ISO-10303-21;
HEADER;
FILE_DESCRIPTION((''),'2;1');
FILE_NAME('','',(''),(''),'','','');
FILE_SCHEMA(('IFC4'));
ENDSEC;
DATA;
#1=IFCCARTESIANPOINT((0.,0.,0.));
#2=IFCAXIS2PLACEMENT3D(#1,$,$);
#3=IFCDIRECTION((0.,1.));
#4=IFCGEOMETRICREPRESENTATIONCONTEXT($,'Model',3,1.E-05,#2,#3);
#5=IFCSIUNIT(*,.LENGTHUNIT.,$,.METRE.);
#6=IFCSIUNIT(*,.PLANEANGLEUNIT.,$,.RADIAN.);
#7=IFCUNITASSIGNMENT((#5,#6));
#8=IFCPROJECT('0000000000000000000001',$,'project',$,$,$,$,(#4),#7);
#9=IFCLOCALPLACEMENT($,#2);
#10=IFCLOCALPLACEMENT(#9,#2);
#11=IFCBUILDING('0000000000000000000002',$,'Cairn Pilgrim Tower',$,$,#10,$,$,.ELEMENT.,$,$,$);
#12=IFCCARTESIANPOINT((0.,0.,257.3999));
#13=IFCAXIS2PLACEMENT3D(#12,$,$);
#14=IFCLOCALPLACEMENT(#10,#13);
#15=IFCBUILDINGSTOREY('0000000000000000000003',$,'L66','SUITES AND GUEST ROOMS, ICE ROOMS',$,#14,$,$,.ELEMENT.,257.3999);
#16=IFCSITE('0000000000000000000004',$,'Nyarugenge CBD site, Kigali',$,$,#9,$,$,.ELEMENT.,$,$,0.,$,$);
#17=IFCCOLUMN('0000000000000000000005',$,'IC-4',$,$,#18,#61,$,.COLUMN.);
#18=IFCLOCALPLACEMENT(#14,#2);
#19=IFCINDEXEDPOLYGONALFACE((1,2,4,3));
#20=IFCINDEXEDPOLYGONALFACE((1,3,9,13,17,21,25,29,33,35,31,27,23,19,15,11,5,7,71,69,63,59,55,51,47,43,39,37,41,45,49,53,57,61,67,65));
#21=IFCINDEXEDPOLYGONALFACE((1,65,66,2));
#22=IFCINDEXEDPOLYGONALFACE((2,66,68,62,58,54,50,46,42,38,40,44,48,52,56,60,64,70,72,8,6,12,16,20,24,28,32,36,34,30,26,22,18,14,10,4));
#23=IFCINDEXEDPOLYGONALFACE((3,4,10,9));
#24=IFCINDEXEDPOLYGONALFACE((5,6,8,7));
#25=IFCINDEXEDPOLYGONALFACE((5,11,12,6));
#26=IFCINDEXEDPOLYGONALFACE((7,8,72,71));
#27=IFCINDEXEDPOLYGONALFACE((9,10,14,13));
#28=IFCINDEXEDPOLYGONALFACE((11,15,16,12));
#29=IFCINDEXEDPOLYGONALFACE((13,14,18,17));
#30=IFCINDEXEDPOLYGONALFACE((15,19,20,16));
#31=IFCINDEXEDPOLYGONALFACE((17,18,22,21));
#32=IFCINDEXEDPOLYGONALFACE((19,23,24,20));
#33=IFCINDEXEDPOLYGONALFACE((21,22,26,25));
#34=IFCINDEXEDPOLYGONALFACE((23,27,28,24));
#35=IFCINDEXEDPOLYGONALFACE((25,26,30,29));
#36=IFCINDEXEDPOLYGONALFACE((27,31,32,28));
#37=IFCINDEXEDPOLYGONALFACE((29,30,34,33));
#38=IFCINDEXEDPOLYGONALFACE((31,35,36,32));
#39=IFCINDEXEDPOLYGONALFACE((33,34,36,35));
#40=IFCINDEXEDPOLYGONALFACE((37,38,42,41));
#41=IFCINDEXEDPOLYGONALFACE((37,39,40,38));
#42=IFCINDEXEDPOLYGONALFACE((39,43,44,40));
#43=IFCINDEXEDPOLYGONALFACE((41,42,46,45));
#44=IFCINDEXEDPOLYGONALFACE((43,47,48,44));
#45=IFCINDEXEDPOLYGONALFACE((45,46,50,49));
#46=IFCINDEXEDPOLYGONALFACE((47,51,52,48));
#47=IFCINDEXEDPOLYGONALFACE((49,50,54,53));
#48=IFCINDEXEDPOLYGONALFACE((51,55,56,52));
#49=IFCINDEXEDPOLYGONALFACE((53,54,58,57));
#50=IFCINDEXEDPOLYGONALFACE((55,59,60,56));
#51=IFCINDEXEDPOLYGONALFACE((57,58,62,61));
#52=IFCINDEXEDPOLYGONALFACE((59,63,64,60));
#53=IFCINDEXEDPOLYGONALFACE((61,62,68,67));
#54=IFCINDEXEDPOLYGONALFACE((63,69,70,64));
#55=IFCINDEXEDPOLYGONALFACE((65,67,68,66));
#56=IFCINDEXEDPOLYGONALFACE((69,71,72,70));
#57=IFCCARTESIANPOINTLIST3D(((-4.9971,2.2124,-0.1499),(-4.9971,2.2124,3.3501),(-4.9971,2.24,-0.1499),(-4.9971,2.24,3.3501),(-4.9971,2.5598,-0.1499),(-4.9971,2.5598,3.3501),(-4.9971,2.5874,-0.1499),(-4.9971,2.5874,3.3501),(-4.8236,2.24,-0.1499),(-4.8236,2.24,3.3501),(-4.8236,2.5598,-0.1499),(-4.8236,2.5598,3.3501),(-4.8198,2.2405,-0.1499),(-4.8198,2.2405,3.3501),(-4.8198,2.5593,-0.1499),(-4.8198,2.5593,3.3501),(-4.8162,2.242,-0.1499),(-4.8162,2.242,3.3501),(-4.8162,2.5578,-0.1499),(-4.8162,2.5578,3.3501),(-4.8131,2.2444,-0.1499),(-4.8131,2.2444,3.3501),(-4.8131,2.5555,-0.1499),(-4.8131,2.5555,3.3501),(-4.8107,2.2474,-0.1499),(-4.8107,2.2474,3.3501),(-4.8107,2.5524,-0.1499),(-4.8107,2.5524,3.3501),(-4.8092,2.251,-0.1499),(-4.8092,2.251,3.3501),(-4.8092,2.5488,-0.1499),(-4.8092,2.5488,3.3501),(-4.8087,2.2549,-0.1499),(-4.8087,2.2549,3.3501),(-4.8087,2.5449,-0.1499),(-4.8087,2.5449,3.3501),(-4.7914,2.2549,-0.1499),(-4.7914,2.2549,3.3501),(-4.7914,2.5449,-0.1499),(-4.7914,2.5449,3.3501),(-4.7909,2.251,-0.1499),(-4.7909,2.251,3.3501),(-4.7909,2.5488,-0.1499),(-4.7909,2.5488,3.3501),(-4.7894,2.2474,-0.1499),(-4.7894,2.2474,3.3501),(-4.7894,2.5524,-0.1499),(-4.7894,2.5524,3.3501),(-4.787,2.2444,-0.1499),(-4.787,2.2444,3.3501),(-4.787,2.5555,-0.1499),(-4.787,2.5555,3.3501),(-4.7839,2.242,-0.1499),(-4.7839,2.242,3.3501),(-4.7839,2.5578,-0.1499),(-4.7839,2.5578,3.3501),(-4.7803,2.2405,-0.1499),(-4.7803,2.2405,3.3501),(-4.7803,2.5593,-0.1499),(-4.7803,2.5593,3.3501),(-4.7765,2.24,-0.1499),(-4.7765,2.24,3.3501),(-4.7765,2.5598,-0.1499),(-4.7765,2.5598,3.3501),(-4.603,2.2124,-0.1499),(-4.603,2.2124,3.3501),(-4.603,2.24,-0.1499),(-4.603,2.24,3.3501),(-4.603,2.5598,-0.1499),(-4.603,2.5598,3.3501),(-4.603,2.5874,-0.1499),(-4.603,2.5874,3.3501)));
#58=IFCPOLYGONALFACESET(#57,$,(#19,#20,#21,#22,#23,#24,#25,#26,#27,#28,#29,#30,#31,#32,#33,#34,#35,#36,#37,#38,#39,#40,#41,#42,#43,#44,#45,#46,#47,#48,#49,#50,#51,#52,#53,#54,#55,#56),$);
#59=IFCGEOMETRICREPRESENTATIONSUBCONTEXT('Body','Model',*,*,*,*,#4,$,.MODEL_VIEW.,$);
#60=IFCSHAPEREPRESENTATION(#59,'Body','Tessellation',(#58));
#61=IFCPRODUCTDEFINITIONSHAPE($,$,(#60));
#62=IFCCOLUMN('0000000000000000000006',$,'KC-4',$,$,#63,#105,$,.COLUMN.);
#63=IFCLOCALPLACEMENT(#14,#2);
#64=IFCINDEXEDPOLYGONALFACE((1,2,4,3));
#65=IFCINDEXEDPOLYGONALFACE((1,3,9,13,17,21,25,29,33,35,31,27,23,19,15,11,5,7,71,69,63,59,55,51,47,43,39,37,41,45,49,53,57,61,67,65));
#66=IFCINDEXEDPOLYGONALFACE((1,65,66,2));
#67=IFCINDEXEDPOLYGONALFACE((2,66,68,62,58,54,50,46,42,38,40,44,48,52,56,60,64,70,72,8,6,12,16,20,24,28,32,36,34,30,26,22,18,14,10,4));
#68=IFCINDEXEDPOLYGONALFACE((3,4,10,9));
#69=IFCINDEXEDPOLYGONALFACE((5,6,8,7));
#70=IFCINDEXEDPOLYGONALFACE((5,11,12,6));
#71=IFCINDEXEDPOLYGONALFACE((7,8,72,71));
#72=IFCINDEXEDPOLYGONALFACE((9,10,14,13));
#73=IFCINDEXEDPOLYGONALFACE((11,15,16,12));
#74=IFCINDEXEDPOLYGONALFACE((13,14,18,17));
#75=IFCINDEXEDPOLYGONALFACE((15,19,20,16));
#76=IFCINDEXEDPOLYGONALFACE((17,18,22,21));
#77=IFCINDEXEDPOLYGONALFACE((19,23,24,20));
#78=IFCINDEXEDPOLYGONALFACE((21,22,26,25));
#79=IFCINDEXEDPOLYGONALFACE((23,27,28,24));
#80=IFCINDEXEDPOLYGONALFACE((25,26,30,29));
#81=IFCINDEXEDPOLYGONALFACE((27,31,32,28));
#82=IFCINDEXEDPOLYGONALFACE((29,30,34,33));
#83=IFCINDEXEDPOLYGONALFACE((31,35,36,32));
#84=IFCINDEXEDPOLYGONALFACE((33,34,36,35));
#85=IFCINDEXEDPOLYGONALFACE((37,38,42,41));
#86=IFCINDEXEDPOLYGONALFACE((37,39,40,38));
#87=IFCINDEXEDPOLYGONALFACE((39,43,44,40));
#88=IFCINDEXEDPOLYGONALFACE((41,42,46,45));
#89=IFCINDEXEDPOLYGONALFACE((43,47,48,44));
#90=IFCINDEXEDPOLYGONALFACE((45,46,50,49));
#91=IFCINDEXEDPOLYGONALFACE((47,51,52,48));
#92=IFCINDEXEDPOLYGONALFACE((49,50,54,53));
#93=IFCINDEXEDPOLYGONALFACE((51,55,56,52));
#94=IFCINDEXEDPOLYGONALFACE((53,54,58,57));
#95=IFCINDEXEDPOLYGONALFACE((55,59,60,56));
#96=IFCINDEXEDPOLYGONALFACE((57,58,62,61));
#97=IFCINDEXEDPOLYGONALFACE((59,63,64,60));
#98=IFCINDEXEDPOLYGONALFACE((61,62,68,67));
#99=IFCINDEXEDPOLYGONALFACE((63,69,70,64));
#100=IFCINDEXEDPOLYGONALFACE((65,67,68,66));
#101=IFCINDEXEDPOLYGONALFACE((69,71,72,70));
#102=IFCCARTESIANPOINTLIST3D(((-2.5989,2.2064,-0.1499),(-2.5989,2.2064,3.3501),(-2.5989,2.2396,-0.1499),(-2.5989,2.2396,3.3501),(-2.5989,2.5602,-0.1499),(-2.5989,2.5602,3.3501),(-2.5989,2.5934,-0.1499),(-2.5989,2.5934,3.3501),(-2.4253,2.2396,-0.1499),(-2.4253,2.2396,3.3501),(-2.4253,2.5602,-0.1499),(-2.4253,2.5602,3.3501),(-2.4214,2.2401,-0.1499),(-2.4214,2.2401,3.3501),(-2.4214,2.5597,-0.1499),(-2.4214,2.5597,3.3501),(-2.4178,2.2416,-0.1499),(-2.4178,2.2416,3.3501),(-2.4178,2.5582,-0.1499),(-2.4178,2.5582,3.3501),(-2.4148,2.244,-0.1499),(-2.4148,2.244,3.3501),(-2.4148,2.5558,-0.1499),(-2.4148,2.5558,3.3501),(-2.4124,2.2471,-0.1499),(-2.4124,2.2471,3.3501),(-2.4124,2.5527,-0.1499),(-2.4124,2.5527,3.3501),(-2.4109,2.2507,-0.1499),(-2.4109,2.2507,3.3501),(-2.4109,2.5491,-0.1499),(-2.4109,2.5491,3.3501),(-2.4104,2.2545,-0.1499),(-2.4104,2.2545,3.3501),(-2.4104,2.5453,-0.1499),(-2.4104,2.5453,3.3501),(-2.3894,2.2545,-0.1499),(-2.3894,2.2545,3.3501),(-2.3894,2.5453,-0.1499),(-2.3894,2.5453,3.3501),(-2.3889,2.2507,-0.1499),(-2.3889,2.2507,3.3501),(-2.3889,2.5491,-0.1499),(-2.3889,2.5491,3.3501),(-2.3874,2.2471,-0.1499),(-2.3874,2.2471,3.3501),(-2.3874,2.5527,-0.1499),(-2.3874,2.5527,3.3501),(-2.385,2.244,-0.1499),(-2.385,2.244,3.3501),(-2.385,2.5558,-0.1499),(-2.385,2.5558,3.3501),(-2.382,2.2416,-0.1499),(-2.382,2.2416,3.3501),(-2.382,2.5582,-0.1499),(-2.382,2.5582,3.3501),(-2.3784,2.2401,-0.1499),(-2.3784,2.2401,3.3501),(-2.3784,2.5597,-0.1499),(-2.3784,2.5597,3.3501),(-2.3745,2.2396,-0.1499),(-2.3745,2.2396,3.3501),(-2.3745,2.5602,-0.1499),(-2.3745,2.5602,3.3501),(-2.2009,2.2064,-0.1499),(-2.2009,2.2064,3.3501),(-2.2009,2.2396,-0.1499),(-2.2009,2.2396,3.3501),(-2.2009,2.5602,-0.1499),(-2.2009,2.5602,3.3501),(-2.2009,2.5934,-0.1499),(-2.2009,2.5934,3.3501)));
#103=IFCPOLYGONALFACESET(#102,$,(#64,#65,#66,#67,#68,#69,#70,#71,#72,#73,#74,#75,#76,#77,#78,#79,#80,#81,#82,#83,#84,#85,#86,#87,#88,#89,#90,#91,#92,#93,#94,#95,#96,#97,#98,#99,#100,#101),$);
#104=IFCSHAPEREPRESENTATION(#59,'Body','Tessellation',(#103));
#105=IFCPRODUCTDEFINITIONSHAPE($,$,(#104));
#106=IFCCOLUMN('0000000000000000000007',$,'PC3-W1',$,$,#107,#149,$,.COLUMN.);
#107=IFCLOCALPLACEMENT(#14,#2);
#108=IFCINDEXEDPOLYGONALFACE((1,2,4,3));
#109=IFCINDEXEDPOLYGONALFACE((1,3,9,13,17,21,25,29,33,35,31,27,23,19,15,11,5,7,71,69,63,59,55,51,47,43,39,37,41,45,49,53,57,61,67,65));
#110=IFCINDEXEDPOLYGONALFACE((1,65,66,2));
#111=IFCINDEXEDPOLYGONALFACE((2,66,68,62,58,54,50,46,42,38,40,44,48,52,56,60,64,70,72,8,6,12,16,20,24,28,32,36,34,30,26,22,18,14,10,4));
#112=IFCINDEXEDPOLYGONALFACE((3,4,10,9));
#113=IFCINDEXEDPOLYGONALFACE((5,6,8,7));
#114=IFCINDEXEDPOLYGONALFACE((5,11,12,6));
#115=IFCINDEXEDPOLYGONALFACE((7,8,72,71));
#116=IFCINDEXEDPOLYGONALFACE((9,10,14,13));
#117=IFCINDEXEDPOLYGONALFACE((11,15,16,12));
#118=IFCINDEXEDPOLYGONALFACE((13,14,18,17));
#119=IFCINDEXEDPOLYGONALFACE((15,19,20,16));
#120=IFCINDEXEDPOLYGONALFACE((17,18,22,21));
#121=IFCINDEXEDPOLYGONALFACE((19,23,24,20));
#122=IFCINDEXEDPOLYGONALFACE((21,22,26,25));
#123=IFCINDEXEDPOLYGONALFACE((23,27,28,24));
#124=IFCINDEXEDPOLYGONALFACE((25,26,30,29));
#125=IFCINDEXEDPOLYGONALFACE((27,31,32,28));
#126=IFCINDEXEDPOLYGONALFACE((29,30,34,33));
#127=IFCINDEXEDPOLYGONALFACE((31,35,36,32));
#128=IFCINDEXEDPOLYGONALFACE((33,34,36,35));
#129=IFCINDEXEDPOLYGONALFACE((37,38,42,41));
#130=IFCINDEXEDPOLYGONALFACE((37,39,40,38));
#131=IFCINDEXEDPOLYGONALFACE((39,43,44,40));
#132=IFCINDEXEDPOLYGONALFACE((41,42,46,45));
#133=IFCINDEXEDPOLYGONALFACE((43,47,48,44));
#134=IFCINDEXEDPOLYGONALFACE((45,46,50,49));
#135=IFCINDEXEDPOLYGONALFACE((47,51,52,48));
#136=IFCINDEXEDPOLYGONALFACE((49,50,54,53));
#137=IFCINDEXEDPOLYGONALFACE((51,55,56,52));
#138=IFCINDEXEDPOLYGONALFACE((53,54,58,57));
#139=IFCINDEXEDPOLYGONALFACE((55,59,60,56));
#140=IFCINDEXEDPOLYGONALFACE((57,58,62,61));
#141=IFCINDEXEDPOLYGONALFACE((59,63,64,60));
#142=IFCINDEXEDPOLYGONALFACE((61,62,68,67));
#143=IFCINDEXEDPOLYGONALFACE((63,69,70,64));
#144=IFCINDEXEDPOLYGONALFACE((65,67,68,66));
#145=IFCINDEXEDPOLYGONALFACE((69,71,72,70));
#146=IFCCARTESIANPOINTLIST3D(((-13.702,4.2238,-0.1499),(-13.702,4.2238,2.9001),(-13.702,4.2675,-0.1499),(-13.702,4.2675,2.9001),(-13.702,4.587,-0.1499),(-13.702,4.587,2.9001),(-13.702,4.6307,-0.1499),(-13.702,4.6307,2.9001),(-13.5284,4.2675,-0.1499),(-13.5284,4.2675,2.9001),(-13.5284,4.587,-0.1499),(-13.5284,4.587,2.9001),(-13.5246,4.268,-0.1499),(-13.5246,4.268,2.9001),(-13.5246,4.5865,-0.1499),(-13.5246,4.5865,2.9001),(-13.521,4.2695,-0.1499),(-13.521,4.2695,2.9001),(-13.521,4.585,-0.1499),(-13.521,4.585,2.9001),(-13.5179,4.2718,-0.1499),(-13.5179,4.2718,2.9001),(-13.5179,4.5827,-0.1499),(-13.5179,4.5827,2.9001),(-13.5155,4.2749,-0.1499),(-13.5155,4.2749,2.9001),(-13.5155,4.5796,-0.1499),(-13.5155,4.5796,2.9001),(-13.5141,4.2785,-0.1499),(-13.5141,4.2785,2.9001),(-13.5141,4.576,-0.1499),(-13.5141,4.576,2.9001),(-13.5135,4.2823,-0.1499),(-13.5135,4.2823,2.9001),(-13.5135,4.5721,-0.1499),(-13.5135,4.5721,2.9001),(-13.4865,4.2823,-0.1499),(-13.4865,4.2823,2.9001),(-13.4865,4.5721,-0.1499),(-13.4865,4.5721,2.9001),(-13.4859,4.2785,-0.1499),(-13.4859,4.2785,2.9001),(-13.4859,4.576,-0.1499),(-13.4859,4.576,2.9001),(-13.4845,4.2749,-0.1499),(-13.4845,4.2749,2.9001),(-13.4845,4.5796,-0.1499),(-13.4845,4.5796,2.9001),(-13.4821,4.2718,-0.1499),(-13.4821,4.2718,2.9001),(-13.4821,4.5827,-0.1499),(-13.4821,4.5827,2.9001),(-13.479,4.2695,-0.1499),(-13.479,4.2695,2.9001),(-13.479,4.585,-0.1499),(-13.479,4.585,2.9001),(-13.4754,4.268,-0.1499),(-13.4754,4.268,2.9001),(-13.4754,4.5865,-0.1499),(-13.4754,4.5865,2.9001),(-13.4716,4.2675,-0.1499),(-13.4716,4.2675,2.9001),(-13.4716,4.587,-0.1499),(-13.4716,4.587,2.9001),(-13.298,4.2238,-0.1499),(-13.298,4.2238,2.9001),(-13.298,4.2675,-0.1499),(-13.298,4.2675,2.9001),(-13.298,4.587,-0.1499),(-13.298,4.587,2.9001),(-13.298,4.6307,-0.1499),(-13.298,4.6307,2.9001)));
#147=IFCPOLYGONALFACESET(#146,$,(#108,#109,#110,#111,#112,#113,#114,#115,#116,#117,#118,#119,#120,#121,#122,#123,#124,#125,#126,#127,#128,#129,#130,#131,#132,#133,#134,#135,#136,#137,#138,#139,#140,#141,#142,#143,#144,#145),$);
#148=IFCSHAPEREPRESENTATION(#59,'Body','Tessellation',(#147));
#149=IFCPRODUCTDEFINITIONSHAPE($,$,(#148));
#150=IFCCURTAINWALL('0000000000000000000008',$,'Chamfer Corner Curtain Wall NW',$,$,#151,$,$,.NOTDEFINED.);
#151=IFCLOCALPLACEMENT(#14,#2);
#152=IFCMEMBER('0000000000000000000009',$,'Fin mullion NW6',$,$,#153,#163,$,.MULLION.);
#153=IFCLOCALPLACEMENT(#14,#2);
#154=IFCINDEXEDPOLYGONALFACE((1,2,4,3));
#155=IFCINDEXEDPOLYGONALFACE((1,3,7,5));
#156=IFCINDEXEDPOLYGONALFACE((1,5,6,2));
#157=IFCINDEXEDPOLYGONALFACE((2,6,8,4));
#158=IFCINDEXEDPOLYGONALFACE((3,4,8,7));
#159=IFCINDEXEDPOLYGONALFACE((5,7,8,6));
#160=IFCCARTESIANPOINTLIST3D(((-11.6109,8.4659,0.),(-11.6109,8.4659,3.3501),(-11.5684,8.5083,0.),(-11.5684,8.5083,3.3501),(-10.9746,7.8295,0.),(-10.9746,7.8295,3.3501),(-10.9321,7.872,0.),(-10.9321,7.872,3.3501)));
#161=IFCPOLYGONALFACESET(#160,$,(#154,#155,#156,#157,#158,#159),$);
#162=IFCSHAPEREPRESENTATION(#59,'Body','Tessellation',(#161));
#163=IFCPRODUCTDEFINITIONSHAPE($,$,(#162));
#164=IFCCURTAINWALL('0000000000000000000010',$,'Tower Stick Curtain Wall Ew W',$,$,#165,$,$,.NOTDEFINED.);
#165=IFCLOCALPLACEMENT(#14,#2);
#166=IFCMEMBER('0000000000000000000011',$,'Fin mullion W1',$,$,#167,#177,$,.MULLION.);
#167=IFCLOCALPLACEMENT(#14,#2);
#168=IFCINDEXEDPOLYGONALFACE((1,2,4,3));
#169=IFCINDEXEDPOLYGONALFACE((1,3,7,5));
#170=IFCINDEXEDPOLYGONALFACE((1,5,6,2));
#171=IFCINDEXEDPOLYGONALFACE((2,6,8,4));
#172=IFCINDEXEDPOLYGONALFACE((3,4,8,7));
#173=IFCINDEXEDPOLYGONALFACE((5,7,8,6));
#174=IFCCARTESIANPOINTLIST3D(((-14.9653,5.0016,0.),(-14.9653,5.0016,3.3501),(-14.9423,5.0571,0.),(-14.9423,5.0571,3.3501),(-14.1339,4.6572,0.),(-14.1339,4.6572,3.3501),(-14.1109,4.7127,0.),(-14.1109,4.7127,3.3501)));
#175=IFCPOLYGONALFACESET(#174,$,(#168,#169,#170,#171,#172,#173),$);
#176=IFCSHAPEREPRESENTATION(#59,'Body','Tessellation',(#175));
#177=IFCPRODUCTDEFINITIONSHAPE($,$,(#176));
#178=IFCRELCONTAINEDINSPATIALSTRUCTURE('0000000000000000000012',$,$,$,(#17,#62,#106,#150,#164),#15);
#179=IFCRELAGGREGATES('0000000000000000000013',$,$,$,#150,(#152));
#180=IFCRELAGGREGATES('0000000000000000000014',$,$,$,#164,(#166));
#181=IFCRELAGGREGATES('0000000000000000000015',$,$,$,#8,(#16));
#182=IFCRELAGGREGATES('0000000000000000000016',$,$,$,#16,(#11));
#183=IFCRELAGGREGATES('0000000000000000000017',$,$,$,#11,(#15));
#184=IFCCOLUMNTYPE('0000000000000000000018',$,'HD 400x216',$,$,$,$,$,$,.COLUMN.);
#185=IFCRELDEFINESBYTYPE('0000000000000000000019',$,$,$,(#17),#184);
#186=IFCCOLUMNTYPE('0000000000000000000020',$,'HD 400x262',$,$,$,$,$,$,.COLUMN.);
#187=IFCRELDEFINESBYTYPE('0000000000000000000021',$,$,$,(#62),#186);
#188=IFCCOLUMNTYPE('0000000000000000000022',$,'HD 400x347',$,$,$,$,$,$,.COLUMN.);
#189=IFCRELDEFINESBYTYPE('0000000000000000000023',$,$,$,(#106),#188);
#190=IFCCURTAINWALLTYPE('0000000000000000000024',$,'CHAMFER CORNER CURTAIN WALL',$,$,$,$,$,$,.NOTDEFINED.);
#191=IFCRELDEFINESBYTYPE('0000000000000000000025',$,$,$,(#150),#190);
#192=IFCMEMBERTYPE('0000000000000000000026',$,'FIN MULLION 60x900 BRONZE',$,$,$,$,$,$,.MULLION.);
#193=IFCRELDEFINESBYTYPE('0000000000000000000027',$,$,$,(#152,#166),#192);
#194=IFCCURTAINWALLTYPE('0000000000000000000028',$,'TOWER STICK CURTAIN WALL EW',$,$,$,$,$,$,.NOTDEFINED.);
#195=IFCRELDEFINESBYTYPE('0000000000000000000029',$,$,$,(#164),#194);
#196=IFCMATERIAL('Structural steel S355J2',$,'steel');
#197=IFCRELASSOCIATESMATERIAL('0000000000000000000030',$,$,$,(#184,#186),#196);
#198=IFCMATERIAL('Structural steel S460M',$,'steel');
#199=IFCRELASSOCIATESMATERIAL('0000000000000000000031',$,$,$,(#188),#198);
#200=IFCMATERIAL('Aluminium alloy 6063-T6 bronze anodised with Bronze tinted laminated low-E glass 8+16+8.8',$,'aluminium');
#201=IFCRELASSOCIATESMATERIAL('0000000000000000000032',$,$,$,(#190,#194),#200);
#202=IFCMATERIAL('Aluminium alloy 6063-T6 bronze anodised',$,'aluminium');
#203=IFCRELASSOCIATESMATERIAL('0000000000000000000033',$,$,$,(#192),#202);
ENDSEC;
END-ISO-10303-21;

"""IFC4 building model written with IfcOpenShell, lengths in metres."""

from ifc_helpers import new_model, si_unit, direction, frame, origin, origin_2d, place, context, subcontext, project, spatial, rectangle, i_section, extrude, clip, halfspace, material, material_profile, profile_set, type_object, element, aggregate, save


model = new_model("IFC4")

# Units and contexts
model_context = context("Model", 3, precision=1e-05, world=origin(), true_north=direction((0.0, 1.0)))
body_context = subcontext(model_context, "Body", "Model", "MODEL_VIEW")
ifc_project = project(units=[si_unit("LENGTHUNIT", "METRE"), si_unit("PLANEANGLEUNIT", "RADIAN")], contexts=[model_context])

# Site, building, storey
site_placement = place(None, origin())
site = spatial("IfcSite", under=ifc_project, at=site_placement, Name="Nyarugenge CBD site, Kigali", CompositionType="ELEMENT", RefElevation=0.0)
building_placement = place(site_placement, origin())
building = spatial("IfcBuilding", under=site, at=building_placement, Name="Cairn Pilgrim Tower", CompositionType="ELEMENT")
storey_placement = place(building_placement, frame((0.0, 0.0, 257.3999)))
storey = spatial("IfcBuildingStorey", under=building, at=storey_placement, Name="L66", Description="SUITES AND GUEST ROOMS, ICE ROOMS", CompositionType="ELEMENT", Elevation=257.3999)

# Columns
ifc_material_1 = material(Name="Structural steel S355J2", Category="steel")
ifc_material_profile_1 = material_profile(ifc_material_1, i_section(OverallWidth=0.394, OverallDepth=0.375, WebThickness=0.0173, FlangeThickness=0.0276, FilletRadius=0.0149, at=origin_2d()), Name="HD 400x216")
ifc_profile_set_1 = profile_set([ifc_material_profile_1], Name="Structural steel S355J2")
column_type_1 = type_object("IfcColumnType", Name="HD 400x216", PredefinedType="COLUMN", material=ifc_profile_set_1)
column_1_placement = place(storey_placement, frame((-4.8, 2.3999, -0.1499), z_axis=(0.0, 0.0, 1.0), x_axis=(1.0, 0.0, 0.0)))
element("IfcColumn", 1, at=column_1_placement, inside=storey, type_object=column_type_1, Name="IC-4", PredefinedType="COLUMN", context=body_context, shape_type="SweptSolid", body=[
    extrude(i_section(OverallWidth=0.394, OverallDepth=0.375, WebThickness=0.0173, FlangeThickness=0.0276, FilletRadius=0.0149, at=origin_2d()), origin(), (0.0, 0.0, 1.0), 3.5),
])
ifc_material_profile_2 = material_profile(ifc_material_1, i_section(OverallWidth=0.3979, OverallDepth=0.387, WebThickness=0.021, FlangeThickness=0.0332, FilletRadius=0.0149, at=origin_2d()), Name="HD 400x262")
ifc_profile_set_2 = profile_set([ifc_material_profile_2], Name="Structural steel S355J2")
column_type_2 = type_object("IfcColumnType", Name="HD 400x262", PredefinedType="COLUMN", material=ifc_profile_set_2)
column_2_placement = place(storey_placement, frame((-2.3999, 2.3999, -0.1499), z_axis=(0.0, 0.0, 1.0), x_axis=(1.0, 0.0, 0.0)))
element("IfcColumn", 2, at=column_2_placement, inside=storey, type_object=column_type_2, Name="KC-4", PredefinedType="COLUMN", context=body_context, shape_type="SweptSolid", body=[
    extrude(i_section(OverallWidth=0.3979, OverallDepth=0.387, WebThickness=0.021, FlangeThickness=0.0332, FilletRadius=0.0149, at=origin_2d()), origin(), (0.0, 0.0, 1.0), 3.5),
])
ifc_material_2 = material(Name="Structural steel S460M", Category="steel")
ifc_material_profile_3 = material_profile(ifc_material_2, i_section(OverallWidth=0.4041, OverallDepth=0.407, WebThickness=0.0271, FlangeThickness=0.0437, FilletRadius=0.0149, at=origin_2d()), Name="HD 400x347")
ifc_profile_set_3 = profile_set([ifc_material_profile_3], Name="Structural steel S460M")
column_type_3 = type_object("IfcColumnType", Name="HD 400x347", PredefinedType="COLUMN", material=ifc_profile_set_3)
column_3_placement = place(storey_placement, frame((-13.5, 4.4272, -0.1499), z_axis=(0.0, 0.0, 1.0), x_axis=(1.0, 0.0, 0.0)))
element("IfcColumn", 3, at=column_3_placement, inside=storey, type_object=column_type_3, Name="PC3-W1", PredefinedType="COLUMN", context=body_context, shape_type="Clipping", body=[
    clip(extrude(i_section(OverallWidth=0.4041, OverallDepth=0.407, WebThickness=0.0271, FlangeThickness=0.0437, FilletRadius=0.0149, at=origin_2d()), origin(), (0.0, 0.0, 1.0), 3.5), halfspace(frame((0.0, 0.0, 3.05), z_axis=(0.0, 0.0, 1.0), x_axis=(1.0, 0.0, 0.0)), False)),
])

# Curtain walls, members
ifc_material_3 = material(Name="Aluminium alloy 6063-T6 bronze anodised with Bronze tinted laminated low-E glass 8+16+8.8", Category="aluminium")
curtain_wall_type_1 = type_object("IfcCurtainWallType", Name="CHAMFER CORNER CURTAIN WALL", PredefinedType="NOTDEFINED", material=ifc_material_3)
curtain_wall_1_placement = place(storey_placement, origin())
curtain_wall_1 = element("IfcCurtainWall", 4, at=curtain_wall_1_placement, inside=storey, type_object=curtain_wall_type_1, Name="Chamfer Corner Curtain Wall NW", PredefinedType="NOTDEFINED")
ifc_material_4 = material(Name="Aluminium alloy 6063-T6 bronze anodised", Category="aluminium")
ifc_material_profile_4 = material_profile(ifc_material_4, rectangle(XDim=0.8999, YDim=0.0601, at=origin_2d()), Name="FIN MULLION 60x900 BRONZE")
ifc_profile_set_4 = profile_set([ifc_material_profile_4], Name="Aluminium alloy 6063-T6 bronze anodised")
member_type_1 = type_object("IfcMemberType", Name="FIN MULLION 60x900 BRONZE", PredefinedType="MULLION", material=ifc_profile_set_4)
member_1_placement = place(storey_placement, frame((-11.2715, 8.1689, 0.0), z_axis=(0.0, 0.0, 1.0), x_axis=(-0.707107, 0.707107, 0.0)))
member_1 = element("IfcMember", 5, at=member_1_placement, type_object=member_type_1, Name="Fin mullion NW6", PredefinedType="MULLION", context=body_context, shape_type="SweptSolid", body=[
    extrude(rectangle(XDim=0.8999, YDim=0.0601, at=origin_2d()), origin(), (0.0, 0.0, 1.0), 3.3501),
])
curtain_wall_type_2 = type_object("IfcCurtainWallType", Name="TOWER STICK CURTAIN WALL EW", PredefinedType="NOTDEFINED", material=ifc_material_3)
curtain_wall_2_placement = place(storey_placement, origin())
curtain_wall_2 = element("IfcCurtainWall", 6, at=curtain_wall_2_placement, inside=storey, type_object=curtain_wall_type_2, Name="Tower Stick Curtain Wall Ew W", PredefinedType="NOTDEFINED")
member_2_placement = place(storey_placement, frame((-14.5381, 4.8572, 0.0), z_axis=(0.0, 0.0, 1.0), x_axis=(-0.92388, 0.382683, 0.0)))
member_2 = element("IfcMember", 7, at=member_2_placement, type_object=member_type_1, Name="Fin mullion W1", PredefinedType="MULLION", context=body_context, shape_type="SweptSolid", body=[
    extrude(rectangle(XDim=0.8999, YDim=0.0601, at=origin_2d()), origin(), (0.0, 0.0, 1.0), 3.3501),
])

aggregate(curtain_wall_1, [member_1])
aggregate(curtain_wall_2, [member_2])

save(model, "model.ifc")
